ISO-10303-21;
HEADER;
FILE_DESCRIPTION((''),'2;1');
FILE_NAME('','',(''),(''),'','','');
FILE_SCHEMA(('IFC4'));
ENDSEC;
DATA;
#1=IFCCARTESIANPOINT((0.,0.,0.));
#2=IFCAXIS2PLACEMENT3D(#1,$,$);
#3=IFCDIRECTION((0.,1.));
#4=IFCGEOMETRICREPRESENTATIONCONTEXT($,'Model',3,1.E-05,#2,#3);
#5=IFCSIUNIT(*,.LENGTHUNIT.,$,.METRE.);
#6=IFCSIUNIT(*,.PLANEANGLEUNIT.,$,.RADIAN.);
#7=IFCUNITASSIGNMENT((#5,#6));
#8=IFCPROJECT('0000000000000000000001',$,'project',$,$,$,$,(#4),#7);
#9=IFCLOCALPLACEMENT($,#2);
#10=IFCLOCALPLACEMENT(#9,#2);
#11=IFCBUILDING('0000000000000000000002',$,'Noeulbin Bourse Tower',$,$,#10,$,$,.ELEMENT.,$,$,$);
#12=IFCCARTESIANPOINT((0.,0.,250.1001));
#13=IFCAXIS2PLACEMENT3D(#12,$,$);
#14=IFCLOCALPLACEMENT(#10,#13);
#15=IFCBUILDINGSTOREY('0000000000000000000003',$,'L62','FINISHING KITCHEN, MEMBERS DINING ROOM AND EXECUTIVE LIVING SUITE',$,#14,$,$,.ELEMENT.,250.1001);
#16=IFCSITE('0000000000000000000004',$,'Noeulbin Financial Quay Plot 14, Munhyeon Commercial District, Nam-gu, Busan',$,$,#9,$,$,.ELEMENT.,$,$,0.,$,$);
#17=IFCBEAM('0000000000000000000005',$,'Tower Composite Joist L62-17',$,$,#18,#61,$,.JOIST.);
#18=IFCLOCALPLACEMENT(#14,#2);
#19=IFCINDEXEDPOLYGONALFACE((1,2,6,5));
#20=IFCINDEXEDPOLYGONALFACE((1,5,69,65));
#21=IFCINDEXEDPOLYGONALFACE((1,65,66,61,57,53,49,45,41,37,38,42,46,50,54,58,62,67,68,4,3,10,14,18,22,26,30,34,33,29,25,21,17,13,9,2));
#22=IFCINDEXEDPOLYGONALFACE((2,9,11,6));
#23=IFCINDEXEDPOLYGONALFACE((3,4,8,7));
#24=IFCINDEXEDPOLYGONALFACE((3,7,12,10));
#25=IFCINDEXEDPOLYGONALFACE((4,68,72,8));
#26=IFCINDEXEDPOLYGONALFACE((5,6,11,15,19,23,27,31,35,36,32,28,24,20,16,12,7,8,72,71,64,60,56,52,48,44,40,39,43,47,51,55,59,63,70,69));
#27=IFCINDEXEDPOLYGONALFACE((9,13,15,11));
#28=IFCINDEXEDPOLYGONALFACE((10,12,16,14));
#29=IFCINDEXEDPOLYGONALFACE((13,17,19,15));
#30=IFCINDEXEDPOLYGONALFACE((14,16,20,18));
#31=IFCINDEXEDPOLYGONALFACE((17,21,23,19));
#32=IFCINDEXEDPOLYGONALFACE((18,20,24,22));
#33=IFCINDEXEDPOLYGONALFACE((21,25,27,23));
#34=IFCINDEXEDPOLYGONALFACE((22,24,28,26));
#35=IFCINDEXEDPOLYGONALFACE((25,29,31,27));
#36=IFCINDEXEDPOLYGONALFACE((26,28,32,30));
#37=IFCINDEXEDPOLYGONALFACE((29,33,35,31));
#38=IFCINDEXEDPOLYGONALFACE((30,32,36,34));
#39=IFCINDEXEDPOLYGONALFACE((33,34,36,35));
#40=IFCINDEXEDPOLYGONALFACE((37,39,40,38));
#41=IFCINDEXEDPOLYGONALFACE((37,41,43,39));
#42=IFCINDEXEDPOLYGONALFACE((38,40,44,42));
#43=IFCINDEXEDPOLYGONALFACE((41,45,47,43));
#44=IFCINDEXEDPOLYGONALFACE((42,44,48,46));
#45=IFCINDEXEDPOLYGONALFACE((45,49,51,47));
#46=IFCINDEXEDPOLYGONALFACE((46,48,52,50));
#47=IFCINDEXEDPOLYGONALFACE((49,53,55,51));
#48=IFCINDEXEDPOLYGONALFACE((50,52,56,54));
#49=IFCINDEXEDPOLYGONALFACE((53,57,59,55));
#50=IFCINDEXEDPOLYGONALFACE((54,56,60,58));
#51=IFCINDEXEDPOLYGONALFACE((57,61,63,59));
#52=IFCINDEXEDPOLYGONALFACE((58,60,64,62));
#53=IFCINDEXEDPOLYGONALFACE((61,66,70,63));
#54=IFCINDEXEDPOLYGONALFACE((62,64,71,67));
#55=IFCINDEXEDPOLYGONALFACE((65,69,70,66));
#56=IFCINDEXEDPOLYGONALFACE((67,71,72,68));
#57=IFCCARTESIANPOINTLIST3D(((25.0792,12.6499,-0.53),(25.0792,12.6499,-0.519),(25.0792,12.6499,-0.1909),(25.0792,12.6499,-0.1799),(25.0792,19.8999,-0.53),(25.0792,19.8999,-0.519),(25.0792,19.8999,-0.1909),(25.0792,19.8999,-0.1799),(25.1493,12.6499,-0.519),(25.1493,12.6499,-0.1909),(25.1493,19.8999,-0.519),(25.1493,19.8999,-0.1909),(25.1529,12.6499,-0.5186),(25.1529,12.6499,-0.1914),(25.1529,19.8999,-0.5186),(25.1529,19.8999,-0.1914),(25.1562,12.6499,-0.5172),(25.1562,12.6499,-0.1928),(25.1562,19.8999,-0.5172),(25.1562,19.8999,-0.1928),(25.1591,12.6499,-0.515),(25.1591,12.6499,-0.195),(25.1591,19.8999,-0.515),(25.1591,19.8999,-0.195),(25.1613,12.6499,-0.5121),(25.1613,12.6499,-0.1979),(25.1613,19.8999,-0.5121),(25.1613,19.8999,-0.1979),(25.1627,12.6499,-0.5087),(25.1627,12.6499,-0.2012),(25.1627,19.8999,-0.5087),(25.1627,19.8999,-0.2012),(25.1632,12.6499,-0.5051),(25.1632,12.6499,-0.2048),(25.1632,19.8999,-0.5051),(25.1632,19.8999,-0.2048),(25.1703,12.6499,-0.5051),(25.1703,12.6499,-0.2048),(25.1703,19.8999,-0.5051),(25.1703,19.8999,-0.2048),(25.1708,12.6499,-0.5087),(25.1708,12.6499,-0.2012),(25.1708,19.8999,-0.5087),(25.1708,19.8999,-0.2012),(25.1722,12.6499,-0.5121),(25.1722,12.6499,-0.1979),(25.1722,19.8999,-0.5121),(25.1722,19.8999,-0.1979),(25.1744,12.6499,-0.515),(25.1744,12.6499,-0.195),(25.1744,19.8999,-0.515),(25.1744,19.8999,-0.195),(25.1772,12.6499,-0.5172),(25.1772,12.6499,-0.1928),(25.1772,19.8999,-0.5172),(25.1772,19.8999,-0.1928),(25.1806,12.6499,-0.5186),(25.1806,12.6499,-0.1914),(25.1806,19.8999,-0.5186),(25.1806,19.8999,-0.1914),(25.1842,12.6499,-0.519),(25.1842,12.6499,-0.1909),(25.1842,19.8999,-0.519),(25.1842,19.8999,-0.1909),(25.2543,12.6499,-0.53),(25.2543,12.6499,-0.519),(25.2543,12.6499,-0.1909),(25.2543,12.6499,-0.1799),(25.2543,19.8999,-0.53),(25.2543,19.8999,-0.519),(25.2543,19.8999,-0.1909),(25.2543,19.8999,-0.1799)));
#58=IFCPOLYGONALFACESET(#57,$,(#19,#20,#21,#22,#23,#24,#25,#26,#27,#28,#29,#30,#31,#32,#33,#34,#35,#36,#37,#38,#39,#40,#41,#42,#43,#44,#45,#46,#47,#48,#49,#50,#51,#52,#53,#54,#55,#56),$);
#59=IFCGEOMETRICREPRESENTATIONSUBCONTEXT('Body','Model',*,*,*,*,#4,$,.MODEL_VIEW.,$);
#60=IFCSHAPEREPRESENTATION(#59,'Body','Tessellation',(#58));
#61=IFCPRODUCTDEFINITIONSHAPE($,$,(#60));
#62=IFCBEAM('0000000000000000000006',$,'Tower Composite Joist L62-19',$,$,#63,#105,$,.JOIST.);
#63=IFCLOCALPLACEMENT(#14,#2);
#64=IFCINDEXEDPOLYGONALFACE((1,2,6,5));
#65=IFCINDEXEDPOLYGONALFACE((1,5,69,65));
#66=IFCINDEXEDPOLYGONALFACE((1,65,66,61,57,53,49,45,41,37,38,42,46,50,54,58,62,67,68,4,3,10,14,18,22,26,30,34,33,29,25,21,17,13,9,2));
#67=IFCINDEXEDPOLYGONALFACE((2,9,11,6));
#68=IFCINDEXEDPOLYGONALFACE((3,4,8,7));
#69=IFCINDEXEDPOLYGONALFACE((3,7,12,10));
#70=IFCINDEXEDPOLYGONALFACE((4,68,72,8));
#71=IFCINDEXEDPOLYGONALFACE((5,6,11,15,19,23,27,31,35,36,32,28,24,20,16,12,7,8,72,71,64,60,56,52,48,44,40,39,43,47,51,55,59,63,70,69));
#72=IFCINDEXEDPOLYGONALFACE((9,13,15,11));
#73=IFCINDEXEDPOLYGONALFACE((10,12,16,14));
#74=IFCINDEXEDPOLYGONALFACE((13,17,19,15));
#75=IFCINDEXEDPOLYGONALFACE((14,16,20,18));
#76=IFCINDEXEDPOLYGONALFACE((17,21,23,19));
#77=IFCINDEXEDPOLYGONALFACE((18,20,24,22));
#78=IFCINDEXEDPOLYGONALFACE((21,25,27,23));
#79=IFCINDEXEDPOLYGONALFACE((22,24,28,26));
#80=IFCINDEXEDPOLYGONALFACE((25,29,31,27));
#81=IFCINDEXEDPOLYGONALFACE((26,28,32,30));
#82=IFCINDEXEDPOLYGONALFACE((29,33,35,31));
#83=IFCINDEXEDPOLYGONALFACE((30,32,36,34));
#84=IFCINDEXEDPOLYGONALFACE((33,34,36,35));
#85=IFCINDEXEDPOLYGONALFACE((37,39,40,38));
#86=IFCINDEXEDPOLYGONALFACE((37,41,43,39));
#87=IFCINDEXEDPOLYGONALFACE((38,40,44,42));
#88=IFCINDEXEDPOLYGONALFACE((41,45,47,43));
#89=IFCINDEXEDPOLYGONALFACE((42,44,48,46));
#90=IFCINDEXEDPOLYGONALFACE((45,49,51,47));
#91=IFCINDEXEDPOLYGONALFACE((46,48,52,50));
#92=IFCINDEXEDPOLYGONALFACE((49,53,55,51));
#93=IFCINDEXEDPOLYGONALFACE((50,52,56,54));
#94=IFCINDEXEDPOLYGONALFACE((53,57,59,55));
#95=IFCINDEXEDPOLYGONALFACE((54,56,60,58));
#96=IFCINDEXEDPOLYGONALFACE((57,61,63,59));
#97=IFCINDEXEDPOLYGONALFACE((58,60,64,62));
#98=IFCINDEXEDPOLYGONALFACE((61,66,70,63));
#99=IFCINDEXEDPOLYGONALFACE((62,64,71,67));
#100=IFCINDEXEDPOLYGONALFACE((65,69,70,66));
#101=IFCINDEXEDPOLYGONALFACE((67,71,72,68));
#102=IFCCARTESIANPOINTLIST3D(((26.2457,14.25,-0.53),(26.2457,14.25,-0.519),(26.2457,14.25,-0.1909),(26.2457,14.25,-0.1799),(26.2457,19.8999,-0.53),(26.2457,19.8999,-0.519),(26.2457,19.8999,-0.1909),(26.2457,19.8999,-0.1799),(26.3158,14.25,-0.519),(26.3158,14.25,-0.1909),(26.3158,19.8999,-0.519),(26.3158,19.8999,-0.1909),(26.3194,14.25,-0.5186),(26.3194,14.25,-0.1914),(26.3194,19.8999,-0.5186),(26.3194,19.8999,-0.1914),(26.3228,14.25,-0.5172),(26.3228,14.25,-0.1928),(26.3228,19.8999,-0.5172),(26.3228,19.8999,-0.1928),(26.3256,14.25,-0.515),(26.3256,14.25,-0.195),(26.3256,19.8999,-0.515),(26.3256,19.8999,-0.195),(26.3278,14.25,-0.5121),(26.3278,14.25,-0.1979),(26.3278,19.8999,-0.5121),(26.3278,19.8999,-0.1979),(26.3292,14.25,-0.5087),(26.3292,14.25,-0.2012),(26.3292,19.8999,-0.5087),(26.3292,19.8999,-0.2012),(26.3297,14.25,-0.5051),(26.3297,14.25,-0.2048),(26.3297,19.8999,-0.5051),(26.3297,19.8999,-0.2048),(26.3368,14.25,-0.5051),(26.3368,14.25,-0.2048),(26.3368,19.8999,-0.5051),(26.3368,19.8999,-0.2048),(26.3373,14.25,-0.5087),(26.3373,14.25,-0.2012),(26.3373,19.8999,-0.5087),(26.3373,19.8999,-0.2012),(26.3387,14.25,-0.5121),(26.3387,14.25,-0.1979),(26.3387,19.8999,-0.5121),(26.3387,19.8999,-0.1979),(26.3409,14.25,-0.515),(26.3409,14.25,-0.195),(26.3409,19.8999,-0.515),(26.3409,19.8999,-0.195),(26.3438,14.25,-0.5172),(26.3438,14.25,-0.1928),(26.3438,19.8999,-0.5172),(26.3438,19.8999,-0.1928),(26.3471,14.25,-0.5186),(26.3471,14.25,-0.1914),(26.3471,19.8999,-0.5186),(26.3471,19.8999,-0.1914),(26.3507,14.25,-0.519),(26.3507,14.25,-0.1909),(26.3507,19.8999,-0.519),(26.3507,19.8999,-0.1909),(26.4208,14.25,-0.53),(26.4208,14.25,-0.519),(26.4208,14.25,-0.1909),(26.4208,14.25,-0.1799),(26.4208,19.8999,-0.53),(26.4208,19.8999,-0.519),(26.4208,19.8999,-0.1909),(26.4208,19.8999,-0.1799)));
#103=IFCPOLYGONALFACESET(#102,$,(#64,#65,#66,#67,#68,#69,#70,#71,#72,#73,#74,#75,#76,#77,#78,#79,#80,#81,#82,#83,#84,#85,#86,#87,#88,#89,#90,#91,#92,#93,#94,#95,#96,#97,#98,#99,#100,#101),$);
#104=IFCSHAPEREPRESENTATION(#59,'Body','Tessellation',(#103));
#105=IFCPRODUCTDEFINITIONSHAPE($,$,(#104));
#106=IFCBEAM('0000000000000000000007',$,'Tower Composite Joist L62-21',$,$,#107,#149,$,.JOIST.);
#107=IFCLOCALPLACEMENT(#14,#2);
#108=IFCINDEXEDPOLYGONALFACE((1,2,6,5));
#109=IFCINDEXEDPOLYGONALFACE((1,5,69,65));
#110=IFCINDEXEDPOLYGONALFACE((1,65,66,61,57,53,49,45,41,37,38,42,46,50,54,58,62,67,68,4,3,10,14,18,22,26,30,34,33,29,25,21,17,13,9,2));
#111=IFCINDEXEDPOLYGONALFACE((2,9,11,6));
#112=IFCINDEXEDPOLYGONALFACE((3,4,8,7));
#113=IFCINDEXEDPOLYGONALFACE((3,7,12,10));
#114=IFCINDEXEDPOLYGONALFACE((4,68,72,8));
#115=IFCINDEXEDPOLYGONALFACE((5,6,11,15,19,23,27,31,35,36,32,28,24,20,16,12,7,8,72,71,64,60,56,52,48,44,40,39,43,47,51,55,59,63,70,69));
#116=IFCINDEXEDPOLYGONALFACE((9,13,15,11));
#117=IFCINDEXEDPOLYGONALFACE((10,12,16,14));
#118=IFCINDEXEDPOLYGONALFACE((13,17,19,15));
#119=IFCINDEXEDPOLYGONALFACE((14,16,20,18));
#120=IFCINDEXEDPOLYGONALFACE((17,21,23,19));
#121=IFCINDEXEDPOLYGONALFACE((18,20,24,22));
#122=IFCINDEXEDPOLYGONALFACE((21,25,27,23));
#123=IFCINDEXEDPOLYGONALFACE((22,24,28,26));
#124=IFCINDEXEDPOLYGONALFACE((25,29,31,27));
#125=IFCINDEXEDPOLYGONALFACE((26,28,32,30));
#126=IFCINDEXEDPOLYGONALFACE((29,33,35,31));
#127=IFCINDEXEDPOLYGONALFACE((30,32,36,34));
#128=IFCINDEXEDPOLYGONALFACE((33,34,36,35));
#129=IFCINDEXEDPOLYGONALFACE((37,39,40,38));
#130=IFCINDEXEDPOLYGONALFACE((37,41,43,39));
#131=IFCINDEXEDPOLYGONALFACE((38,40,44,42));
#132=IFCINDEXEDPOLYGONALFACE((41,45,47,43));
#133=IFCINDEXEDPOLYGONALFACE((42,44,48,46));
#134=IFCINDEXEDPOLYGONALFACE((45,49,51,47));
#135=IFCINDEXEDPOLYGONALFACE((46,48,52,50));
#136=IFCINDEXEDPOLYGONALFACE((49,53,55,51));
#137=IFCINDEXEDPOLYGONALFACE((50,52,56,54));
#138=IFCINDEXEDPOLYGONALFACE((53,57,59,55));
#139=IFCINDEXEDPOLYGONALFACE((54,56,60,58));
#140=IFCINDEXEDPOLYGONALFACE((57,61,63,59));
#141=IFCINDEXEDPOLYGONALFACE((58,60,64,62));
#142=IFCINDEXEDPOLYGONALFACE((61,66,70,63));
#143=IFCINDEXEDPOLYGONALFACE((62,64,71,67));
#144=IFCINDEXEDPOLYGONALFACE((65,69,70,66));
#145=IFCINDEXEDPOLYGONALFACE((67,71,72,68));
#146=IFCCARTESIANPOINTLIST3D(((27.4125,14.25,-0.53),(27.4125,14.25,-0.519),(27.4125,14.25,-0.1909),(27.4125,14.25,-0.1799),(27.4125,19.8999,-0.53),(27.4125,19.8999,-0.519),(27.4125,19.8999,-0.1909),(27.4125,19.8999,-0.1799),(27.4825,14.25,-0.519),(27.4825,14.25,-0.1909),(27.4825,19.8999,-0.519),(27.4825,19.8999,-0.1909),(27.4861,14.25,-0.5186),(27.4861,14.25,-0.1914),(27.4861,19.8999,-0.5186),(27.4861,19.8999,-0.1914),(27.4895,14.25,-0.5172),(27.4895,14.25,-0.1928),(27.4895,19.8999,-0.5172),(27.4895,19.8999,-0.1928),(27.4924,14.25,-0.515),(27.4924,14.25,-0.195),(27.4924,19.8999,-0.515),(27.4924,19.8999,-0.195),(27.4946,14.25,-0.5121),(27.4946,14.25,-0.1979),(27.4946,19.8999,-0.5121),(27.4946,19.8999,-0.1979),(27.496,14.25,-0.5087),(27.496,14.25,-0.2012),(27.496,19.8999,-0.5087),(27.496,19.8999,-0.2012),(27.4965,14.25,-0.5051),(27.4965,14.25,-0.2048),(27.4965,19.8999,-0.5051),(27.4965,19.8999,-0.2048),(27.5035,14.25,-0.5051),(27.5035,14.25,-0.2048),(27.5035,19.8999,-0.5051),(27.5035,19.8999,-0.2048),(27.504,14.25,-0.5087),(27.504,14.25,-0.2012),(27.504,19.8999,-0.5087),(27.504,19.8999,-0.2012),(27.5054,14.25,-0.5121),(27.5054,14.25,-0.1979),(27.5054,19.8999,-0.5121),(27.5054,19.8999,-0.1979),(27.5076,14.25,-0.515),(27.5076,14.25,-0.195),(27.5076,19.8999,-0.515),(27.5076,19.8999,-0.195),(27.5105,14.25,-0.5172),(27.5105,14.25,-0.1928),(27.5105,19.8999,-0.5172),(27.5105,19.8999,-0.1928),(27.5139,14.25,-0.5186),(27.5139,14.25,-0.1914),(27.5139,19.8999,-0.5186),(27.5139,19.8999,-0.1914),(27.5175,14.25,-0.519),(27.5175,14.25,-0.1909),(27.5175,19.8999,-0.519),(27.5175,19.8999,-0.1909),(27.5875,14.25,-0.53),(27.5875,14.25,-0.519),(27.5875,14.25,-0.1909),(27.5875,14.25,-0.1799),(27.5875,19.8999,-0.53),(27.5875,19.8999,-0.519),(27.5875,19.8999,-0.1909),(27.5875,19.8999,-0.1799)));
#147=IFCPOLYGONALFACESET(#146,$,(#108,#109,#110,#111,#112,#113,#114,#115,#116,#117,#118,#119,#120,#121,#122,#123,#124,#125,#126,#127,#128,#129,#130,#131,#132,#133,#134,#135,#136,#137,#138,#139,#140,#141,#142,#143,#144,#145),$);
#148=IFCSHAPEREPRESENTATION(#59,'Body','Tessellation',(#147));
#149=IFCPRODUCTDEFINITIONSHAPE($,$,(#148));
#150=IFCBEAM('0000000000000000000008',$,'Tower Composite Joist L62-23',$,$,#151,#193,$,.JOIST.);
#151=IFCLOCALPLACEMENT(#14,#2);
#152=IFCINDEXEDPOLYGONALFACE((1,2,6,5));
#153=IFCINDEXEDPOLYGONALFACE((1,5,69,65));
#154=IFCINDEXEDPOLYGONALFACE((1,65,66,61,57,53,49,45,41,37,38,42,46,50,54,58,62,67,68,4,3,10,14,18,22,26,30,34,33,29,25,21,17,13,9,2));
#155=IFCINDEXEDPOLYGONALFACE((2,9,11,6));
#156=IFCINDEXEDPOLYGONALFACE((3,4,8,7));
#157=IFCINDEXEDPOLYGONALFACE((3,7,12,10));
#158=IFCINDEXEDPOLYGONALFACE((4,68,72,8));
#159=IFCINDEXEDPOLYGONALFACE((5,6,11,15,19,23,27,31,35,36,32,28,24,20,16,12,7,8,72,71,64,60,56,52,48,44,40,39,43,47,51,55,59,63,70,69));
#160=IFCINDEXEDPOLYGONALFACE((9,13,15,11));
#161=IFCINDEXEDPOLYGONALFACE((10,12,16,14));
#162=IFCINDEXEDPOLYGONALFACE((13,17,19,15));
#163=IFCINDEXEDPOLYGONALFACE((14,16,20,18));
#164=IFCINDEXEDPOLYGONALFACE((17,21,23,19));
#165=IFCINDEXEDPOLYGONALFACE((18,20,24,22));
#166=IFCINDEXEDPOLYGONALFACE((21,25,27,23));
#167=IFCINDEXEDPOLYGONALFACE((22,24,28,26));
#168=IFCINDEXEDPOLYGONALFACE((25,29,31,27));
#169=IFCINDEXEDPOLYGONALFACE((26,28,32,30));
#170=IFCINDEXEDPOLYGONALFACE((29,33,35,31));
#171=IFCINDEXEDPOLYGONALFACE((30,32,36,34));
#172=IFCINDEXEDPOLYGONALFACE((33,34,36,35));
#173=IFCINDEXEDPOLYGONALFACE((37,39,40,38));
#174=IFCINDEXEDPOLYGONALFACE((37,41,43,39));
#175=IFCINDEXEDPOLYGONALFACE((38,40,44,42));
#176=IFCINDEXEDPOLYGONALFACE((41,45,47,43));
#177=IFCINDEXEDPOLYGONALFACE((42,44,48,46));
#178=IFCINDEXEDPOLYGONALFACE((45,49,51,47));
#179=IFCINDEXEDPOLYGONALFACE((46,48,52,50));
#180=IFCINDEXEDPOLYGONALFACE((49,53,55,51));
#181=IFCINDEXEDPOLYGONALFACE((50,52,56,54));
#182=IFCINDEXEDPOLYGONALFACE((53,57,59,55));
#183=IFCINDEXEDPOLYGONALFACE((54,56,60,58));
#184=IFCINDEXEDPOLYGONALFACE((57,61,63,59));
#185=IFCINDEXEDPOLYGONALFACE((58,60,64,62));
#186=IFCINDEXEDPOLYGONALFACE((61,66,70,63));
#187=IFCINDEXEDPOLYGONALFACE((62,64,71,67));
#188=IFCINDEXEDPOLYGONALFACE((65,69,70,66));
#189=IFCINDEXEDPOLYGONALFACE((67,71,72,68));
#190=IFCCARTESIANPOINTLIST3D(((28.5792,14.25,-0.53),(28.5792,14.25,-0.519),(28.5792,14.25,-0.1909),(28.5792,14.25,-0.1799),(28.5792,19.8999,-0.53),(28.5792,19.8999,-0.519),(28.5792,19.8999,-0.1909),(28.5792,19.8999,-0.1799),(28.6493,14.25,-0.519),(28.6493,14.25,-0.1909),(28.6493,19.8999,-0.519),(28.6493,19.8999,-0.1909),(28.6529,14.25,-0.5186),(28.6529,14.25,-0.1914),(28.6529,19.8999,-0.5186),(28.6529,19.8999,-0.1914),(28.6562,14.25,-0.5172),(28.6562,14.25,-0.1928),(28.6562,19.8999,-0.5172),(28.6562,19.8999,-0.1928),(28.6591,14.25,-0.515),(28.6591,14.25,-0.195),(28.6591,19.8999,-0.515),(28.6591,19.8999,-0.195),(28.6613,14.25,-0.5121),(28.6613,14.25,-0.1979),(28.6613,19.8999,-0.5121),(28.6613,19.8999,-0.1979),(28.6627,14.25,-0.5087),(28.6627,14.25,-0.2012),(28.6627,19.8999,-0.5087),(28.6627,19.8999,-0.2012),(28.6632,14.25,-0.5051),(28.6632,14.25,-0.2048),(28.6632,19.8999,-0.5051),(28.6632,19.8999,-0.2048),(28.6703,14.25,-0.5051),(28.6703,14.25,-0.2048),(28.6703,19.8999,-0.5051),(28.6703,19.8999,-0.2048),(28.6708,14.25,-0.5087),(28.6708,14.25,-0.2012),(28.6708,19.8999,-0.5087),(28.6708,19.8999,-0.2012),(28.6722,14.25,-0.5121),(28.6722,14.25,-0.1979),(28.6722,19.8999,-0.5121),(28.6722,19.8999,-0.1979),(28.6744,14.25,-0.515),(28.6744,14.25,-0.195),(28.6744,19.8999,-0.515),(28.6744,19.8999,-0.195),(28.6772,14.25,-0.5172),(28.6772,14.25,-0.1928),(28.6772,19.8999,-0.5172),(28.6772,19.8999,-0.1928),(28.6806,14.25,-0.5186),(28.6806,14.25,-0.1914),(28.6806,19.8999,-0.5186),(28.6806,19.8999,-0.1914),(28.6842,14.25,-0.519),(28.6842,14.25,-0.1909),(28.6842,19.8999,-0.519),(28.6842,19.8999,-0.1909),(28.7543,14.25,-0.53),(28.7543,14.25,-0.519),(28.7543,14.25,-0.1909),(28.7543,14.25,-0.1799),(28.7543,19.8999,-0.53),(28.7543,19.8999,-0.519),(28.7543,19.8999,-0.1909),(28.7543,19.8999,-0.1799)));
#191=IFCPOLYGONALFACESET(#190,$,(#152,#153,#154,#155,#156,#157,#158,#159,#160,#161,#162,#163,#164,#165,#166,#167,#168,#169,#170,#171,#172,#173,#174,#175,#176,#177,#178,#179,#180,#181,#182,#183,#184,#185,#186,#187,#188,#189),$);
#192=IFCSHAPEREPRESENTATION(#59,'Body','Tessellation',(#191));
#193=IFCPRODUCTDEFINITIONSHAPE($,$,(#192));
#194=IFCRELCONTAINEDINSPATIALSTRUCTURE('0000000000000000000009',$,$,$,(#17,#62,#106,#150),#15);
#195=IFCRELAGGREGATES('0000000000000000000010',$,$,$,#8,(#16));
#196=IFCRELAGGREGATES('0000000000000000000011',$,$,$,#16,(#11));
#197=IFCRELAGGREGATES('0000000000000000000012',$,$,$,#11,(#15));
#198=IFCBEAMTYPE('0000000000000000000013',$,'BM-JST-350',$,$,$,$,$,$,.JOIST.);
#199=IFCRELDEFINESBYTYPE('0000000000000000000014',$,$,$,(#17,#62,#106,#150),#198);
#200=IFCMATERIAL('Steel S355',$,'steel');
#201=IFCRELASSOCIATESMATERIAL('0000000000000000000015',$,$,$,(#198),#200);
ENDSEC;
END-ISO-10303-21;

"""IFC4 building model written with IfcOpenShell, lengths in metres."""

from ifc_helpers import new_model, si_unit, direction, frame, origin, origin_2d, place, context, subcontext, project, spatial, i_section, extrude, material, material_profile, profile_set, type_object, element, save


model = new_model("IFC4")

# Units and contexts
model_context = context("Model", 3, precision=1e-05, world=origin(), true_north=direction((0.0, 1.0)))
body_context = subcontext(model_context, "Body", "Model", "MODEL_VIEW")
ifc_project = project(units=[si_unit("LENGTHUNIT", "METRE"), si_unit("PLANEANGLEUNIT", "RADIAN")], contexts=[model_context])

# Site, building, storey
site_placement = place(None, origin())
site = spatial("IfcSite", under=ifc_project, at=site_placement, Name="Noeulbin Financial Quay Plot 14, Munhyeon Commercial District, Nam-gu, Busan", CompositionType="ELEMENT", RefElevation=0.0)
building_placement = place(site_placement, origin())
building = spatial("IfcBuilding", under=site, at=building_placement, Name="Noeulbin Bourse Tower", CompositionType="ELEMENT")
storey_placement = place(building_placement, frame((0.0, 0.0, 250.1001)))
storey = spatial("IfcBuildingStorey", under=building, at=storey_placement, Name="L62", Description="FINISHING KITCHEN, MEMBERS DINING ROOM AND EXECUTIVE LIVING SUITE", CompositionType="ELEMENT", Elevation=250.1001)

# Shared definitions
ifc_material_1 = material(Name="Steel S355", Category="steel")

# Beams
ifc_material_profile_1 = material_profile(ifc_material_1, i_section(OverallWidth=0.175, OverallDepth=0.3501, WebThickness=0.0071, FlangeThickness=0.011, FilletRadius=0.0139, at=origin_2d()), Name="H-350x175x7x11", Category="LoadBearing")
ifc_profile_set_1 = profile_set([ifc_material_profile_1], Name="Steel S355")
beam_type_1 = type_object("IfcBeamType", Name="BM-JST-350", PredefinedType="JOIST", material=ifc_profile_set_1)
beam_1_placement = place(storey_placement, frame((25.1667, 12.6499, -0.355), z_axis=(0.0, 1.0, 0.0), x_axis=(-1.0, 0.0, 0.0)))
element("IfcBeam", 1, at=beam_1_placement, inside=storey, type_object=beam_type_1, Name="Tower Composite Joist L62-17", PredefinedType="JOIST", context=body_context, shape_type="SweptSolid", body=[
    extrude(i_section(OverallWidth=0.175, OverallDepth=0.3501, WebThickness=0.0071, FlangeThickness=0.011, FilletRadius=0.0139, at=origin_2d()), origin(), (0.0, 0.0, 1.0), 7.25),
])
for number, where, z_axis, x_axis, name in (
    (2, (26.3333, 14.25, -0.355), (0.0, 1.0, 0.0), (-1.0, 0.0, 0.0), "Tower Composite Joist L62-19"),
    (3, (27.5, 14.25, -0.355), (0.0, 1.0, 0.0), (-1.0, 0.0, 0.0), "Tower Composite Joist L62-21"),
    (4, (28.6667, 14.25, -0.355), (0.0, 1.0, 0.0), (-1.0, 0.0, 0.0), "Tower Composite Joist L62-23"),
):
    element("IfcBeam", number, at=place(storey_placement, frame(where, z_axis=z_axis, x_axis=x_axis)), inside=storey, type_object=beam_type_1, Name=name, PredefinedType="JOIST", context=body_context, shape_type="SweptSolid", body=[
        extrude(i_section(OverallWidth=0.175, OverallDepth=0.3501, WebThickness=0.0071, FlangeThickness=0.011, FilletRadius=0.0139, at=origin_2d()), origin(), (0.0, 0.0, 1.0), 5.6499),
    ])

save(model, "model.ifc")
